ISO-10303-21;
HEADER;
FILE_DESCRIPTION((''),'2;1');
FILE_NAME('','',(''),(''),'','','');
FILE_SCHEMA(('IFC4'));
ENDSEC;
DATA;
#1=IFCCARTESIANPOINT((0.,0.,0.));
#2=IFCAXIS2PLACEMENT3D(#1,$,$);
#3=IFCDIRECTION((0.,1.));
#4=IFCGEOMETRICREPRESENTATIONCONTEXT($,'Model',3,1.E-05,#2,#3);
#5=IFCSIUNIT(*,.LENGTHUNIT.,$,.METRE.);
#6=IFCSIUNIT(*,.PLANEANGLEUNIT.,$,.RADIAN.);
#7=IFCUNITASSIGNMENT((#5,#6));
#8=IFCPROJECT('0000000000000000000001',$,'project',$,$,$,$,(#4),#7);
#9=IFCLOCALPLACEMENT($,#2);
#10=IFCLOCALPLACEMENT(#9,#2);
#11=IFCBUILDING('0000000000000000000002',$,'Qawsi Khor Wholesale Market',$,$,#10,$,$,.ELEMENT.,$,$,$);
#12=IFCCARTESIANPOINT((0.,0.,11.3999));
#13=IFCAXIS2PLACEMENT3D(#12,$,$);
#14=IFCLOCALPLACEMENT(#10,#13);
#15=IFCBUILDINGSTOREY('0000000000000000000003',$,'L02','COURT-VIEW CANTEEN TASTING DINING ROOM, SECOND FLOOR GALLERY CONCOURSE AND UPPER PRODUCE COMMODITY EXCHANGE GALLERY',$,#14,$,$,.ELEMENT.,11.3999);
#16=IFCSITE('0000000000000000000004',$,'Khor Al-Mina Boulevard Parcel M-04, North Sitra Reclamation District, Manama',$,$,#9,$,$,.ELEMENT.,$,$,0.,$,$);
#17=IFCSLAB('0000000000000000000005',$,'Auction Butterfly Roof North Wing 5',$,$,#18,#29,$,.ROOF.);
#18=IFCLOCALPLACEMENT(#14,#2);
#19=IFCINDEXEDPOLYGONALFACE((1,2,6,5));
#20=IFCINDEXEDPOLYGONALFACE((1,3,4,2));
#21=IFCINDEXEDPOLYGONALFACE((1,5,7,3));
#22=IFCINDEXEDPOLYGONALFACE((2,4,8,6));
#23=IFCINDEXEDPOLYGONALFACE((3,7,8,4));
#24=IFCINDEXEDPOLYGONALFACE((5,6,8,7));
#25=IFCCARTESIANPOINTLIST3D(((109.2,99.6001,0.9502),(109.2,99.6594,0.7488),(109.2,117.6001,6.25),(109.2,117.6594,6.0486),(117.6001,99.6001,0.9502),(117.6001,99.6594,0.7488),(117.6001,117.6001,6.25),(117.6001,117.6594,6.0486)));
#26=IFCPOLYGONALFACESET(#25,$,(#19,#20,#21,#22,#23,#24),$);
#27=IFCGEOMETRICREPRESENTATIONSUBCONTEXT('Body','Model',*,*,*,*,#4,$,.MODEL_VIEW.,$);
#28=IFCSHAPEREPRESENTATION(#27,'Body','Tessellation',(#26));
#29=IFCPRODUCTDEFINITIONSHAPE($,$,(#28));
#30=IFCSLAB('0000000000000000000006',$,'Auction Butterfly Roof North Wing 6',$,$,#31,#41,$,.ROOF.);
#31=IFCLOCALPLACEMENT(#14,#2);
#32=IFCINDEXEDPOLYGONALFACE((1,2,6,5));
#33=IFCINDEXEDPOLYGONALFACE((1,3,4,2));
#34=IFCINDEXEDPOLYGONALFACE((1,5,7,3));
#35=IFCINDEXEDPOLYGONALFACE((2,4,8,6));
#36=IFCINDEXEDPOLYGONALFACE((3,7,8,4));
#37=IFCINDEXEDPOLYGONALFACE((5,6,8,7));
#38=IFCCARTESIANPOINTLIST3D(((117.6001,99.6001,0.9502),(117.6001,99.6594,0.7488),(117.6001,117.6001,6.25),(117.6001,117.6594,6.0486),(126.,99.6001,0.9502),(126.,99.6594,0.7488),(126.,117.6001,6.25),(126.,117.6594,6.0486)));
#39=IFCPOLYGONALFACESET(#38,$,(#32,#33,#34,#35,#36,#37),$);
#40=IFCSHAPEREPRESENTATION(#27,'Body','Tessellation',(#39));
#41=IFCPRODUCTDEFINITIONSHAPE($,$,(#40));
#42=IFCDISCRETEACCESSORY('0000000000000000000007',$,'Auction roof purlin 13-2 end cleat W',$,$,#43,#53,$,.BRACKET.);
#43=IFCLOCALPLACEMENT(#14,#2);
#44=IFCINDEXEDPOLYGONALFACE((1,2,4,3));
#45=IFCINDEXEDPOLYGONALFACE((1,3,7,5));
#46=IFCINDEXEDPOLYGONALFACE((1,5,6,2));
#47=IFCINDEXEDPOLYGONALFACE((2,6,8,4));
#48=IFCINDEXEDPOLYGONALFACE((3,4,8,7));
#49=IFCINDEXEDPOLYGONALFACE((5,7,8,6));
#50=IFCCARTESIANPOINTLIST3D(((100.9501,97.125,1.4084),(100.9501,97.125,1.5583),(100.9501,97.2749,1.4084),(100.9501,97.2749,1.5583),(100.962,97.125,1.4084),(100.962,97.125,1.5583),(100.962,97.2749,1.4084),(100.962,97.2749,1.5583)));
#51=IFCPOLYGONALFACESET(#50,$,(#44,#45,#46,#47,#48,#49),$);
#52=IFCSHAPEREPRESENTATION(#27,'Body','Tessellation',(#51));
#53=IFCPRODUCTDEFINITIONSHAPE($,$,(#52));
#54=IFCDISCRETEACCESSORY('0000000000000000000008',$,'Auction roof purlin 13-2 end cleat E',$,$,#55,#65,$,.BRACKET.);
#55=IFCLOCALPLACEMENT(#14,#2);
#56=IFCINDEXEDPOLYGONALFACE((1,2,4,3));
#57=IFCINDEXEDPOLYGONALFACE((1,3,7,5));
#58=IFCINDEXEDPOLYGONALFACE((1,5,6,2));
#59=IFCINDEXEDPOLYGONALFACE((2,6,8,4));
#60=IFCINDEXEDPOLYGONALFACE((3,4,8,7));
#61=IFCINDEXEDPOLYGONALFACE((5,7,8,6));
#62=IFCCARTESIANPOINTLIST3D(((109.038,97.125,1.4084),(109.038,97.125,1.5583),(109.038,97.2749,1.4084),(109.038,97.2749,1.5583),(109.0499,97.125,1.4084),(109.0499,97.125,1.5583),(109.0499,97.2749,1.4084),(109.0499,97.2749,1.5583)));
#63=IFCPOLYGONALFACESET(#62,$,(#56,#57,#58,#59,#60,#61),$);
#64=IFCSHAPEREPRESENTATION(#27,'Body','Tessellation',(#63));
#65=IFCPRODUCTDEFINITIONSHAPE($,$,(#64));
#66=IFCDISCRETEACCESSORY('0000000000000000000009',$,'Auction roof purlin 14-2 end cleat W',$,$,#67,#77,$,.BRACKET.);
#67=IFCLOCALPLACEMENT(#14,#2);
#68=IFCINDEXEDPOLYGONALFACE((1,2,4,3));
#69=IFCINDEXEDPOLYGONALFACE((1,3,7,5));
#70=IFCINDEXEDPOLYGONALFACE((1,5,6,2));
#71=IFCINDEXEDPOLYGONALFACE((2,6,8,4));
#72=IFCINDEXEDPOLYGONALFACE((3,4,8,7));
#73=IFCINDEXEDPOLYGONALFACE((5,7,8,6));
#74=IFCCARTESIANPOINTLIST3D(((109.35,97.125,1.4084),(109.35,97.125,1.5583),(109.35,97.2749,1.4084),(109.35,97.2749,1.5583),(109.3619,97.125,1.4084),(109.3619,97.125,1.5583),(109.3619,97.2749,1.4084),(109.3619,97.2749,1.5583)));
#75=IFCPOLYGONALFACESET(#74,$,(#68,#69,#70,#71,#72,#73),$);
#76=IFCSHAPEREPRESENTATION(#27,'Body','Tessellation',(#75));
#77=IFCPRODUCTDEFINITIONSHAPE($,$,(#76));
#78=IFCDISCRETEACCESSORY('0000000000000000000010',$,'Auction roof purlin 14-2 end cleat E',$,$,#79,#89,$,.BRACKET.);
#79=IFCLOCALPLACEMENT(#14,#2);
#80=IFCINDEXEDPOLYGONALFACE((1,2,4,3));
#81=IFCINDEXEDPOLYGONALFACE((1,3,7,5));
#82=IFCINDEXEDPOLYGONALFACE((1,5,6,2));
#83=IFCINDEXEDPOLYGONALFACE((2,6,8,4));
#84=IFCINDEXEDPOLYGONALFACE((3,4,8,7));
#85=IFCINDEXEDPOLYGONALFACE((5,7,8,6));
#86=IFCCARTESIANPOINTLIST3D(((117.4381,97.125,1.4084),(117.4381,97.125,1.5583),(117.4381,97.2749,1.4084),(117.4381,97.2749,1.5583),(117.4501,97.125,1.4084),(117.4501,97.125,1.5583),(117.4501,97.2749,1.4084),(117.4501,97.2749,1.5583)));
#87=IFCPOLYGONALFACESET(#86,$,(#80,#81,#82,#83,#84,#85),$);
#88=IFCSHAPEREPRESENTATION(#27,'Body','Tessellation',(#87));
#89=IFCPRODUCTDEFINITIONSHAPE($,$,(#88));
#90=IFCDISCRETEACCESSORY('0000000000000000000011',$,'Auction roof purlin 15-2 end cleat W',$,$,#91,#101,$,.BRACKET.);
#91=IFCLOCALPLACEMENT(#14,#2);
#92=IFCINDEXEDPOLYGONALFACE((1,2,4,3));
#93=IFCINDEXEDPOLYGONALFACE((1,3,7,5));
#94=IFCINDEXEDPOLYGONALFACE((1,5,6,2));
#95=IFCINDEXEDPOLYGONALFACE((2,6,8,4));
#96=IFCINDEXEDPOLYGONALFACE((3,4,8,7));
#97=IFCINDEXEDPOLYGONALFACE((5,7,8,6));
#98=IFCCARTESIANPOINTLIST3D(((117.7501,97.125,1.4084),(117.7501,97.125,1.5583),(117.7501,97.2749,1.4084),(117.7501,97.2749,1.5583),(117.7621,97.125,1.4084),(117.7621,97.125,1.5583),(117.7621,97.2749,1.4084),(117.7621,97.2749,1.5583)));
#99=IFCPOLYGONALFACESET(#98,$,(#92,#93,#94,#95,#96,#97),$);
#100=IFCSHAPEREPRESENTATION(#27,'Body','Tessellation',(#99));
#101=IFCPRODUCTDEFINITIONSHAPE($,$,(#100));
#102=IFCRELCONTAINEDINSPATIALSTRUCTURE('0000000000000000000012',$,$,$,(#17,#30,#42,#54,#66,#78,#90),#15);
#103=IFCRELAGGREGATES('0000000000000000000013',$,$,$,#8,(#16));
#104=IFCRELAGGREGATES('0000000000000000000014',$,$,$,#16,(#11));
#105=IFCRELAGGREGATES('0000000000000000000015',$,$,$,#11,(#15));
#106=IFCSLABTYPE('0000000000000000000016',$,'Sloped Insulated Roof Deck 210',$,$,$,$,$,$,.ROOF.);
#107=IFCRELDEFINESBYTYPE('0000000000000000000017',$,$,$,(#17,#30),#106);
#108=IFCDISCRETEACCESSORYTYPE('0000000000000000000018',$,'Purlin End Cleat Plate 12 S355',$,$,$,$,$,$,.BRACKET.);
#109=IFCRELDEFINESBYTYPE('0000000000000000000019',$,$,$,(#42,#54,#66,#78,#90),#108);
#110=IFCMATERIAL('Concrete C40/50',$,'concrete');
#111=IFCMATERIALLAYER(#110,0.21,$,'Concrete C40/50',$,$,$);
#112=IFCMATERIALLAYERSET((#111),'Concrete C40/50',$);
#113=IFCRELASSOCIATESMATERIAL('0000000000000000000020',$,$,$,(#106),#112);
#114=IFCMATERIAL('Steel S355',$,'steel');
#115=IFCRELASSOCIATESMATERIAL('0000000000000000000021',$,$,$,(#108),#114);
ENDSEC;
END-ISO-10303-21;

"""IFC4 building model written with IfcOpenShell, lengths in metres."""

from ifc_helpers import new_model, si_unit, direction, frame, origin, origin_2d, place, context, subcontext, project, spatial, polyline, rectangle, outline, extrude, material, layer, layer_set, type_object, element, save


model = new_model("IFC4")

# Units and contexts
model_context = context("Model", 3, precision=1e-05, world=origin(), true_north=direction((0.0, 1.0)))
body_context = subcontext(model_context, "Body", "Model", "MODEL_VIEW")
ifc_project = project(units=[si_unit("LENGTHUNIT", "METRE"), si_unit("PLANEANGLEUNIT", "RADIAN")], contexts=[model_context])

# Site, building, storey
site_placement = place(None, origin())
site = spatial("IfcSite", under=ifc_project, at=site_placement, Name="Khor Al-Mina Boulevard Parcel M-04, North Sitra Reclamation District, Manama", CompositionType="ELEMENT", RefElevation=0.0)
building_placement = place(site_placement, origin())
building = spatial("IfcBuilding", under=site, at=building_placement, Name="Qawsi Khor Wholesale Market", CompositionType="ELEMENT")
storey_placement = place(building_placement, frame((0.0, 0.0, 11.3999)))
storey = spatial("IfcBuildingStorey", under=building, at=storey_placement, Name="L02", Description="COURT-VIEW CANTEEN TASTING DINING ROOM, SECOND FLOOR GALLERY CONCOURSE AND UPPER PRODUCE COMMODITY EXCHANGE GALLERY", CompositionType="ELEMENT", Elevation=11.3999)

# Shared definitions
ifc_material_1 = material(Name="Steel S355", Category="steel")

# Slabs
ifc_material_2 = material(Name="Concrete C40/50", Category="concrete")
ifc_layer = layer(ifc_material_2, 0.21, Name="Concrete C40/50")
ifc_layer_set = layer_set([ifc_layer], Name="Concrete C40/50")
slab_type = type_object("IfcSlabType", Name="Sloped Insulated Roof Deck 210", PredefinedType="ROOF", material=ifc_layer_set)
slab_1_placement = place(storey_placement, frame((109.2, 99.6001, 0.9502), z_axis=(0.0, -0.282445, 0.959283), x_axis=(1.0, 0.0, 0.0)))
element("IfcSlab", 1, at=slab_1_placement, inside=storey, type_object=slab_type, Name="Auction Butterfly Roof North Wing 5", PredefinedType="ROOF", context=body_context, shape_type="SweptSolid", body=[
    extrude(outline(polyline([(0.0, 0.0), (8.4001, 0.0), (8.4001, 18.764), (0.0, 18.764), (0.0, 0.0)])), origin(), (0.0, 0.0, -1.0), 0.21),
])
slab_2_placement = place(storey_placement, frame((117.6001, 99.6001, 0.9502), z_axis=(0.0, -0.282445, 0.959283), x_axis=(1.0, 0.0, 0.0)))
element("IfcSlab", 2, at=slab_2_placement, inside=storey, type_object=slab_type, Name="Auction Butterfly Roof North Wing 6", PredefinedType="ROOF", context=body_context, shape_type="SweptSolid", body=[
    extrude(outline(polyline([(0.0, 0.0), (8.3999, 0.0), (8.3999, 18.764), (0.0, 18.764), (0.0, 0.0)])), origin(), (0.0, 0.0, -1.0), 0.21),
])

# Discrete accessories
discrete_accessory_type = type_object("IfcDiscreteAccessoryType", Name="Purlin End Cleat Plate 12 S355", PredefinedType="BRACKET", material=ifc_material_1)
for number, where, z_axis, x_axis, name in (
    (3, (100.9561, 97.2, 1.4084), (0.0, 0.0, 1.0), (1.0, 0.0, 0.0), "Auction roof purlin 13-2 end cleat W"),
    (4, (109.0439, 97.2, 1.4084), (0.0, 0.0, 1.0), (1.0, 0.0, 0.0), "Auction roof purlin 13-2 end cleat E"),
    (5, (109.356, 97.2, 1.4084), (0.0, 0.0, 1.0), (1.0, 0.0, 0.0), "Auction roof purlin 14-2 end cleat W"),
    (6, (117.4441, 97.2, 1.4084), (0.0, 0.0, 1.0), (1.0, 0.0, 0.0), "Auction roof purlin 14-2 end cleat E"),
    (7, (117.7561, 97.2, 1.4084), (0.0, 0.0, 1.0), (1.0, 0.0, 0.0), "Auction roof purlin 15-2 end cleat W"),
):
    element("IfcDiscreteAccessory", number, at=place(storey_placement, frame(where, z_axis=z_axis, x_axis=x_axis)), inside=storey, type_object=discrete_accessory_type, Name=name, PredefinedType="BRACKET", context=body_context, shape_type="SweptSolid", body=[
        extrude(rectangle(XDim=0.012, YDim=0.1499, at=origin_2d()), origin(), (0.0, 0.0, 1.0), 0.1499),
    ])

save(model, "model.ifc")
